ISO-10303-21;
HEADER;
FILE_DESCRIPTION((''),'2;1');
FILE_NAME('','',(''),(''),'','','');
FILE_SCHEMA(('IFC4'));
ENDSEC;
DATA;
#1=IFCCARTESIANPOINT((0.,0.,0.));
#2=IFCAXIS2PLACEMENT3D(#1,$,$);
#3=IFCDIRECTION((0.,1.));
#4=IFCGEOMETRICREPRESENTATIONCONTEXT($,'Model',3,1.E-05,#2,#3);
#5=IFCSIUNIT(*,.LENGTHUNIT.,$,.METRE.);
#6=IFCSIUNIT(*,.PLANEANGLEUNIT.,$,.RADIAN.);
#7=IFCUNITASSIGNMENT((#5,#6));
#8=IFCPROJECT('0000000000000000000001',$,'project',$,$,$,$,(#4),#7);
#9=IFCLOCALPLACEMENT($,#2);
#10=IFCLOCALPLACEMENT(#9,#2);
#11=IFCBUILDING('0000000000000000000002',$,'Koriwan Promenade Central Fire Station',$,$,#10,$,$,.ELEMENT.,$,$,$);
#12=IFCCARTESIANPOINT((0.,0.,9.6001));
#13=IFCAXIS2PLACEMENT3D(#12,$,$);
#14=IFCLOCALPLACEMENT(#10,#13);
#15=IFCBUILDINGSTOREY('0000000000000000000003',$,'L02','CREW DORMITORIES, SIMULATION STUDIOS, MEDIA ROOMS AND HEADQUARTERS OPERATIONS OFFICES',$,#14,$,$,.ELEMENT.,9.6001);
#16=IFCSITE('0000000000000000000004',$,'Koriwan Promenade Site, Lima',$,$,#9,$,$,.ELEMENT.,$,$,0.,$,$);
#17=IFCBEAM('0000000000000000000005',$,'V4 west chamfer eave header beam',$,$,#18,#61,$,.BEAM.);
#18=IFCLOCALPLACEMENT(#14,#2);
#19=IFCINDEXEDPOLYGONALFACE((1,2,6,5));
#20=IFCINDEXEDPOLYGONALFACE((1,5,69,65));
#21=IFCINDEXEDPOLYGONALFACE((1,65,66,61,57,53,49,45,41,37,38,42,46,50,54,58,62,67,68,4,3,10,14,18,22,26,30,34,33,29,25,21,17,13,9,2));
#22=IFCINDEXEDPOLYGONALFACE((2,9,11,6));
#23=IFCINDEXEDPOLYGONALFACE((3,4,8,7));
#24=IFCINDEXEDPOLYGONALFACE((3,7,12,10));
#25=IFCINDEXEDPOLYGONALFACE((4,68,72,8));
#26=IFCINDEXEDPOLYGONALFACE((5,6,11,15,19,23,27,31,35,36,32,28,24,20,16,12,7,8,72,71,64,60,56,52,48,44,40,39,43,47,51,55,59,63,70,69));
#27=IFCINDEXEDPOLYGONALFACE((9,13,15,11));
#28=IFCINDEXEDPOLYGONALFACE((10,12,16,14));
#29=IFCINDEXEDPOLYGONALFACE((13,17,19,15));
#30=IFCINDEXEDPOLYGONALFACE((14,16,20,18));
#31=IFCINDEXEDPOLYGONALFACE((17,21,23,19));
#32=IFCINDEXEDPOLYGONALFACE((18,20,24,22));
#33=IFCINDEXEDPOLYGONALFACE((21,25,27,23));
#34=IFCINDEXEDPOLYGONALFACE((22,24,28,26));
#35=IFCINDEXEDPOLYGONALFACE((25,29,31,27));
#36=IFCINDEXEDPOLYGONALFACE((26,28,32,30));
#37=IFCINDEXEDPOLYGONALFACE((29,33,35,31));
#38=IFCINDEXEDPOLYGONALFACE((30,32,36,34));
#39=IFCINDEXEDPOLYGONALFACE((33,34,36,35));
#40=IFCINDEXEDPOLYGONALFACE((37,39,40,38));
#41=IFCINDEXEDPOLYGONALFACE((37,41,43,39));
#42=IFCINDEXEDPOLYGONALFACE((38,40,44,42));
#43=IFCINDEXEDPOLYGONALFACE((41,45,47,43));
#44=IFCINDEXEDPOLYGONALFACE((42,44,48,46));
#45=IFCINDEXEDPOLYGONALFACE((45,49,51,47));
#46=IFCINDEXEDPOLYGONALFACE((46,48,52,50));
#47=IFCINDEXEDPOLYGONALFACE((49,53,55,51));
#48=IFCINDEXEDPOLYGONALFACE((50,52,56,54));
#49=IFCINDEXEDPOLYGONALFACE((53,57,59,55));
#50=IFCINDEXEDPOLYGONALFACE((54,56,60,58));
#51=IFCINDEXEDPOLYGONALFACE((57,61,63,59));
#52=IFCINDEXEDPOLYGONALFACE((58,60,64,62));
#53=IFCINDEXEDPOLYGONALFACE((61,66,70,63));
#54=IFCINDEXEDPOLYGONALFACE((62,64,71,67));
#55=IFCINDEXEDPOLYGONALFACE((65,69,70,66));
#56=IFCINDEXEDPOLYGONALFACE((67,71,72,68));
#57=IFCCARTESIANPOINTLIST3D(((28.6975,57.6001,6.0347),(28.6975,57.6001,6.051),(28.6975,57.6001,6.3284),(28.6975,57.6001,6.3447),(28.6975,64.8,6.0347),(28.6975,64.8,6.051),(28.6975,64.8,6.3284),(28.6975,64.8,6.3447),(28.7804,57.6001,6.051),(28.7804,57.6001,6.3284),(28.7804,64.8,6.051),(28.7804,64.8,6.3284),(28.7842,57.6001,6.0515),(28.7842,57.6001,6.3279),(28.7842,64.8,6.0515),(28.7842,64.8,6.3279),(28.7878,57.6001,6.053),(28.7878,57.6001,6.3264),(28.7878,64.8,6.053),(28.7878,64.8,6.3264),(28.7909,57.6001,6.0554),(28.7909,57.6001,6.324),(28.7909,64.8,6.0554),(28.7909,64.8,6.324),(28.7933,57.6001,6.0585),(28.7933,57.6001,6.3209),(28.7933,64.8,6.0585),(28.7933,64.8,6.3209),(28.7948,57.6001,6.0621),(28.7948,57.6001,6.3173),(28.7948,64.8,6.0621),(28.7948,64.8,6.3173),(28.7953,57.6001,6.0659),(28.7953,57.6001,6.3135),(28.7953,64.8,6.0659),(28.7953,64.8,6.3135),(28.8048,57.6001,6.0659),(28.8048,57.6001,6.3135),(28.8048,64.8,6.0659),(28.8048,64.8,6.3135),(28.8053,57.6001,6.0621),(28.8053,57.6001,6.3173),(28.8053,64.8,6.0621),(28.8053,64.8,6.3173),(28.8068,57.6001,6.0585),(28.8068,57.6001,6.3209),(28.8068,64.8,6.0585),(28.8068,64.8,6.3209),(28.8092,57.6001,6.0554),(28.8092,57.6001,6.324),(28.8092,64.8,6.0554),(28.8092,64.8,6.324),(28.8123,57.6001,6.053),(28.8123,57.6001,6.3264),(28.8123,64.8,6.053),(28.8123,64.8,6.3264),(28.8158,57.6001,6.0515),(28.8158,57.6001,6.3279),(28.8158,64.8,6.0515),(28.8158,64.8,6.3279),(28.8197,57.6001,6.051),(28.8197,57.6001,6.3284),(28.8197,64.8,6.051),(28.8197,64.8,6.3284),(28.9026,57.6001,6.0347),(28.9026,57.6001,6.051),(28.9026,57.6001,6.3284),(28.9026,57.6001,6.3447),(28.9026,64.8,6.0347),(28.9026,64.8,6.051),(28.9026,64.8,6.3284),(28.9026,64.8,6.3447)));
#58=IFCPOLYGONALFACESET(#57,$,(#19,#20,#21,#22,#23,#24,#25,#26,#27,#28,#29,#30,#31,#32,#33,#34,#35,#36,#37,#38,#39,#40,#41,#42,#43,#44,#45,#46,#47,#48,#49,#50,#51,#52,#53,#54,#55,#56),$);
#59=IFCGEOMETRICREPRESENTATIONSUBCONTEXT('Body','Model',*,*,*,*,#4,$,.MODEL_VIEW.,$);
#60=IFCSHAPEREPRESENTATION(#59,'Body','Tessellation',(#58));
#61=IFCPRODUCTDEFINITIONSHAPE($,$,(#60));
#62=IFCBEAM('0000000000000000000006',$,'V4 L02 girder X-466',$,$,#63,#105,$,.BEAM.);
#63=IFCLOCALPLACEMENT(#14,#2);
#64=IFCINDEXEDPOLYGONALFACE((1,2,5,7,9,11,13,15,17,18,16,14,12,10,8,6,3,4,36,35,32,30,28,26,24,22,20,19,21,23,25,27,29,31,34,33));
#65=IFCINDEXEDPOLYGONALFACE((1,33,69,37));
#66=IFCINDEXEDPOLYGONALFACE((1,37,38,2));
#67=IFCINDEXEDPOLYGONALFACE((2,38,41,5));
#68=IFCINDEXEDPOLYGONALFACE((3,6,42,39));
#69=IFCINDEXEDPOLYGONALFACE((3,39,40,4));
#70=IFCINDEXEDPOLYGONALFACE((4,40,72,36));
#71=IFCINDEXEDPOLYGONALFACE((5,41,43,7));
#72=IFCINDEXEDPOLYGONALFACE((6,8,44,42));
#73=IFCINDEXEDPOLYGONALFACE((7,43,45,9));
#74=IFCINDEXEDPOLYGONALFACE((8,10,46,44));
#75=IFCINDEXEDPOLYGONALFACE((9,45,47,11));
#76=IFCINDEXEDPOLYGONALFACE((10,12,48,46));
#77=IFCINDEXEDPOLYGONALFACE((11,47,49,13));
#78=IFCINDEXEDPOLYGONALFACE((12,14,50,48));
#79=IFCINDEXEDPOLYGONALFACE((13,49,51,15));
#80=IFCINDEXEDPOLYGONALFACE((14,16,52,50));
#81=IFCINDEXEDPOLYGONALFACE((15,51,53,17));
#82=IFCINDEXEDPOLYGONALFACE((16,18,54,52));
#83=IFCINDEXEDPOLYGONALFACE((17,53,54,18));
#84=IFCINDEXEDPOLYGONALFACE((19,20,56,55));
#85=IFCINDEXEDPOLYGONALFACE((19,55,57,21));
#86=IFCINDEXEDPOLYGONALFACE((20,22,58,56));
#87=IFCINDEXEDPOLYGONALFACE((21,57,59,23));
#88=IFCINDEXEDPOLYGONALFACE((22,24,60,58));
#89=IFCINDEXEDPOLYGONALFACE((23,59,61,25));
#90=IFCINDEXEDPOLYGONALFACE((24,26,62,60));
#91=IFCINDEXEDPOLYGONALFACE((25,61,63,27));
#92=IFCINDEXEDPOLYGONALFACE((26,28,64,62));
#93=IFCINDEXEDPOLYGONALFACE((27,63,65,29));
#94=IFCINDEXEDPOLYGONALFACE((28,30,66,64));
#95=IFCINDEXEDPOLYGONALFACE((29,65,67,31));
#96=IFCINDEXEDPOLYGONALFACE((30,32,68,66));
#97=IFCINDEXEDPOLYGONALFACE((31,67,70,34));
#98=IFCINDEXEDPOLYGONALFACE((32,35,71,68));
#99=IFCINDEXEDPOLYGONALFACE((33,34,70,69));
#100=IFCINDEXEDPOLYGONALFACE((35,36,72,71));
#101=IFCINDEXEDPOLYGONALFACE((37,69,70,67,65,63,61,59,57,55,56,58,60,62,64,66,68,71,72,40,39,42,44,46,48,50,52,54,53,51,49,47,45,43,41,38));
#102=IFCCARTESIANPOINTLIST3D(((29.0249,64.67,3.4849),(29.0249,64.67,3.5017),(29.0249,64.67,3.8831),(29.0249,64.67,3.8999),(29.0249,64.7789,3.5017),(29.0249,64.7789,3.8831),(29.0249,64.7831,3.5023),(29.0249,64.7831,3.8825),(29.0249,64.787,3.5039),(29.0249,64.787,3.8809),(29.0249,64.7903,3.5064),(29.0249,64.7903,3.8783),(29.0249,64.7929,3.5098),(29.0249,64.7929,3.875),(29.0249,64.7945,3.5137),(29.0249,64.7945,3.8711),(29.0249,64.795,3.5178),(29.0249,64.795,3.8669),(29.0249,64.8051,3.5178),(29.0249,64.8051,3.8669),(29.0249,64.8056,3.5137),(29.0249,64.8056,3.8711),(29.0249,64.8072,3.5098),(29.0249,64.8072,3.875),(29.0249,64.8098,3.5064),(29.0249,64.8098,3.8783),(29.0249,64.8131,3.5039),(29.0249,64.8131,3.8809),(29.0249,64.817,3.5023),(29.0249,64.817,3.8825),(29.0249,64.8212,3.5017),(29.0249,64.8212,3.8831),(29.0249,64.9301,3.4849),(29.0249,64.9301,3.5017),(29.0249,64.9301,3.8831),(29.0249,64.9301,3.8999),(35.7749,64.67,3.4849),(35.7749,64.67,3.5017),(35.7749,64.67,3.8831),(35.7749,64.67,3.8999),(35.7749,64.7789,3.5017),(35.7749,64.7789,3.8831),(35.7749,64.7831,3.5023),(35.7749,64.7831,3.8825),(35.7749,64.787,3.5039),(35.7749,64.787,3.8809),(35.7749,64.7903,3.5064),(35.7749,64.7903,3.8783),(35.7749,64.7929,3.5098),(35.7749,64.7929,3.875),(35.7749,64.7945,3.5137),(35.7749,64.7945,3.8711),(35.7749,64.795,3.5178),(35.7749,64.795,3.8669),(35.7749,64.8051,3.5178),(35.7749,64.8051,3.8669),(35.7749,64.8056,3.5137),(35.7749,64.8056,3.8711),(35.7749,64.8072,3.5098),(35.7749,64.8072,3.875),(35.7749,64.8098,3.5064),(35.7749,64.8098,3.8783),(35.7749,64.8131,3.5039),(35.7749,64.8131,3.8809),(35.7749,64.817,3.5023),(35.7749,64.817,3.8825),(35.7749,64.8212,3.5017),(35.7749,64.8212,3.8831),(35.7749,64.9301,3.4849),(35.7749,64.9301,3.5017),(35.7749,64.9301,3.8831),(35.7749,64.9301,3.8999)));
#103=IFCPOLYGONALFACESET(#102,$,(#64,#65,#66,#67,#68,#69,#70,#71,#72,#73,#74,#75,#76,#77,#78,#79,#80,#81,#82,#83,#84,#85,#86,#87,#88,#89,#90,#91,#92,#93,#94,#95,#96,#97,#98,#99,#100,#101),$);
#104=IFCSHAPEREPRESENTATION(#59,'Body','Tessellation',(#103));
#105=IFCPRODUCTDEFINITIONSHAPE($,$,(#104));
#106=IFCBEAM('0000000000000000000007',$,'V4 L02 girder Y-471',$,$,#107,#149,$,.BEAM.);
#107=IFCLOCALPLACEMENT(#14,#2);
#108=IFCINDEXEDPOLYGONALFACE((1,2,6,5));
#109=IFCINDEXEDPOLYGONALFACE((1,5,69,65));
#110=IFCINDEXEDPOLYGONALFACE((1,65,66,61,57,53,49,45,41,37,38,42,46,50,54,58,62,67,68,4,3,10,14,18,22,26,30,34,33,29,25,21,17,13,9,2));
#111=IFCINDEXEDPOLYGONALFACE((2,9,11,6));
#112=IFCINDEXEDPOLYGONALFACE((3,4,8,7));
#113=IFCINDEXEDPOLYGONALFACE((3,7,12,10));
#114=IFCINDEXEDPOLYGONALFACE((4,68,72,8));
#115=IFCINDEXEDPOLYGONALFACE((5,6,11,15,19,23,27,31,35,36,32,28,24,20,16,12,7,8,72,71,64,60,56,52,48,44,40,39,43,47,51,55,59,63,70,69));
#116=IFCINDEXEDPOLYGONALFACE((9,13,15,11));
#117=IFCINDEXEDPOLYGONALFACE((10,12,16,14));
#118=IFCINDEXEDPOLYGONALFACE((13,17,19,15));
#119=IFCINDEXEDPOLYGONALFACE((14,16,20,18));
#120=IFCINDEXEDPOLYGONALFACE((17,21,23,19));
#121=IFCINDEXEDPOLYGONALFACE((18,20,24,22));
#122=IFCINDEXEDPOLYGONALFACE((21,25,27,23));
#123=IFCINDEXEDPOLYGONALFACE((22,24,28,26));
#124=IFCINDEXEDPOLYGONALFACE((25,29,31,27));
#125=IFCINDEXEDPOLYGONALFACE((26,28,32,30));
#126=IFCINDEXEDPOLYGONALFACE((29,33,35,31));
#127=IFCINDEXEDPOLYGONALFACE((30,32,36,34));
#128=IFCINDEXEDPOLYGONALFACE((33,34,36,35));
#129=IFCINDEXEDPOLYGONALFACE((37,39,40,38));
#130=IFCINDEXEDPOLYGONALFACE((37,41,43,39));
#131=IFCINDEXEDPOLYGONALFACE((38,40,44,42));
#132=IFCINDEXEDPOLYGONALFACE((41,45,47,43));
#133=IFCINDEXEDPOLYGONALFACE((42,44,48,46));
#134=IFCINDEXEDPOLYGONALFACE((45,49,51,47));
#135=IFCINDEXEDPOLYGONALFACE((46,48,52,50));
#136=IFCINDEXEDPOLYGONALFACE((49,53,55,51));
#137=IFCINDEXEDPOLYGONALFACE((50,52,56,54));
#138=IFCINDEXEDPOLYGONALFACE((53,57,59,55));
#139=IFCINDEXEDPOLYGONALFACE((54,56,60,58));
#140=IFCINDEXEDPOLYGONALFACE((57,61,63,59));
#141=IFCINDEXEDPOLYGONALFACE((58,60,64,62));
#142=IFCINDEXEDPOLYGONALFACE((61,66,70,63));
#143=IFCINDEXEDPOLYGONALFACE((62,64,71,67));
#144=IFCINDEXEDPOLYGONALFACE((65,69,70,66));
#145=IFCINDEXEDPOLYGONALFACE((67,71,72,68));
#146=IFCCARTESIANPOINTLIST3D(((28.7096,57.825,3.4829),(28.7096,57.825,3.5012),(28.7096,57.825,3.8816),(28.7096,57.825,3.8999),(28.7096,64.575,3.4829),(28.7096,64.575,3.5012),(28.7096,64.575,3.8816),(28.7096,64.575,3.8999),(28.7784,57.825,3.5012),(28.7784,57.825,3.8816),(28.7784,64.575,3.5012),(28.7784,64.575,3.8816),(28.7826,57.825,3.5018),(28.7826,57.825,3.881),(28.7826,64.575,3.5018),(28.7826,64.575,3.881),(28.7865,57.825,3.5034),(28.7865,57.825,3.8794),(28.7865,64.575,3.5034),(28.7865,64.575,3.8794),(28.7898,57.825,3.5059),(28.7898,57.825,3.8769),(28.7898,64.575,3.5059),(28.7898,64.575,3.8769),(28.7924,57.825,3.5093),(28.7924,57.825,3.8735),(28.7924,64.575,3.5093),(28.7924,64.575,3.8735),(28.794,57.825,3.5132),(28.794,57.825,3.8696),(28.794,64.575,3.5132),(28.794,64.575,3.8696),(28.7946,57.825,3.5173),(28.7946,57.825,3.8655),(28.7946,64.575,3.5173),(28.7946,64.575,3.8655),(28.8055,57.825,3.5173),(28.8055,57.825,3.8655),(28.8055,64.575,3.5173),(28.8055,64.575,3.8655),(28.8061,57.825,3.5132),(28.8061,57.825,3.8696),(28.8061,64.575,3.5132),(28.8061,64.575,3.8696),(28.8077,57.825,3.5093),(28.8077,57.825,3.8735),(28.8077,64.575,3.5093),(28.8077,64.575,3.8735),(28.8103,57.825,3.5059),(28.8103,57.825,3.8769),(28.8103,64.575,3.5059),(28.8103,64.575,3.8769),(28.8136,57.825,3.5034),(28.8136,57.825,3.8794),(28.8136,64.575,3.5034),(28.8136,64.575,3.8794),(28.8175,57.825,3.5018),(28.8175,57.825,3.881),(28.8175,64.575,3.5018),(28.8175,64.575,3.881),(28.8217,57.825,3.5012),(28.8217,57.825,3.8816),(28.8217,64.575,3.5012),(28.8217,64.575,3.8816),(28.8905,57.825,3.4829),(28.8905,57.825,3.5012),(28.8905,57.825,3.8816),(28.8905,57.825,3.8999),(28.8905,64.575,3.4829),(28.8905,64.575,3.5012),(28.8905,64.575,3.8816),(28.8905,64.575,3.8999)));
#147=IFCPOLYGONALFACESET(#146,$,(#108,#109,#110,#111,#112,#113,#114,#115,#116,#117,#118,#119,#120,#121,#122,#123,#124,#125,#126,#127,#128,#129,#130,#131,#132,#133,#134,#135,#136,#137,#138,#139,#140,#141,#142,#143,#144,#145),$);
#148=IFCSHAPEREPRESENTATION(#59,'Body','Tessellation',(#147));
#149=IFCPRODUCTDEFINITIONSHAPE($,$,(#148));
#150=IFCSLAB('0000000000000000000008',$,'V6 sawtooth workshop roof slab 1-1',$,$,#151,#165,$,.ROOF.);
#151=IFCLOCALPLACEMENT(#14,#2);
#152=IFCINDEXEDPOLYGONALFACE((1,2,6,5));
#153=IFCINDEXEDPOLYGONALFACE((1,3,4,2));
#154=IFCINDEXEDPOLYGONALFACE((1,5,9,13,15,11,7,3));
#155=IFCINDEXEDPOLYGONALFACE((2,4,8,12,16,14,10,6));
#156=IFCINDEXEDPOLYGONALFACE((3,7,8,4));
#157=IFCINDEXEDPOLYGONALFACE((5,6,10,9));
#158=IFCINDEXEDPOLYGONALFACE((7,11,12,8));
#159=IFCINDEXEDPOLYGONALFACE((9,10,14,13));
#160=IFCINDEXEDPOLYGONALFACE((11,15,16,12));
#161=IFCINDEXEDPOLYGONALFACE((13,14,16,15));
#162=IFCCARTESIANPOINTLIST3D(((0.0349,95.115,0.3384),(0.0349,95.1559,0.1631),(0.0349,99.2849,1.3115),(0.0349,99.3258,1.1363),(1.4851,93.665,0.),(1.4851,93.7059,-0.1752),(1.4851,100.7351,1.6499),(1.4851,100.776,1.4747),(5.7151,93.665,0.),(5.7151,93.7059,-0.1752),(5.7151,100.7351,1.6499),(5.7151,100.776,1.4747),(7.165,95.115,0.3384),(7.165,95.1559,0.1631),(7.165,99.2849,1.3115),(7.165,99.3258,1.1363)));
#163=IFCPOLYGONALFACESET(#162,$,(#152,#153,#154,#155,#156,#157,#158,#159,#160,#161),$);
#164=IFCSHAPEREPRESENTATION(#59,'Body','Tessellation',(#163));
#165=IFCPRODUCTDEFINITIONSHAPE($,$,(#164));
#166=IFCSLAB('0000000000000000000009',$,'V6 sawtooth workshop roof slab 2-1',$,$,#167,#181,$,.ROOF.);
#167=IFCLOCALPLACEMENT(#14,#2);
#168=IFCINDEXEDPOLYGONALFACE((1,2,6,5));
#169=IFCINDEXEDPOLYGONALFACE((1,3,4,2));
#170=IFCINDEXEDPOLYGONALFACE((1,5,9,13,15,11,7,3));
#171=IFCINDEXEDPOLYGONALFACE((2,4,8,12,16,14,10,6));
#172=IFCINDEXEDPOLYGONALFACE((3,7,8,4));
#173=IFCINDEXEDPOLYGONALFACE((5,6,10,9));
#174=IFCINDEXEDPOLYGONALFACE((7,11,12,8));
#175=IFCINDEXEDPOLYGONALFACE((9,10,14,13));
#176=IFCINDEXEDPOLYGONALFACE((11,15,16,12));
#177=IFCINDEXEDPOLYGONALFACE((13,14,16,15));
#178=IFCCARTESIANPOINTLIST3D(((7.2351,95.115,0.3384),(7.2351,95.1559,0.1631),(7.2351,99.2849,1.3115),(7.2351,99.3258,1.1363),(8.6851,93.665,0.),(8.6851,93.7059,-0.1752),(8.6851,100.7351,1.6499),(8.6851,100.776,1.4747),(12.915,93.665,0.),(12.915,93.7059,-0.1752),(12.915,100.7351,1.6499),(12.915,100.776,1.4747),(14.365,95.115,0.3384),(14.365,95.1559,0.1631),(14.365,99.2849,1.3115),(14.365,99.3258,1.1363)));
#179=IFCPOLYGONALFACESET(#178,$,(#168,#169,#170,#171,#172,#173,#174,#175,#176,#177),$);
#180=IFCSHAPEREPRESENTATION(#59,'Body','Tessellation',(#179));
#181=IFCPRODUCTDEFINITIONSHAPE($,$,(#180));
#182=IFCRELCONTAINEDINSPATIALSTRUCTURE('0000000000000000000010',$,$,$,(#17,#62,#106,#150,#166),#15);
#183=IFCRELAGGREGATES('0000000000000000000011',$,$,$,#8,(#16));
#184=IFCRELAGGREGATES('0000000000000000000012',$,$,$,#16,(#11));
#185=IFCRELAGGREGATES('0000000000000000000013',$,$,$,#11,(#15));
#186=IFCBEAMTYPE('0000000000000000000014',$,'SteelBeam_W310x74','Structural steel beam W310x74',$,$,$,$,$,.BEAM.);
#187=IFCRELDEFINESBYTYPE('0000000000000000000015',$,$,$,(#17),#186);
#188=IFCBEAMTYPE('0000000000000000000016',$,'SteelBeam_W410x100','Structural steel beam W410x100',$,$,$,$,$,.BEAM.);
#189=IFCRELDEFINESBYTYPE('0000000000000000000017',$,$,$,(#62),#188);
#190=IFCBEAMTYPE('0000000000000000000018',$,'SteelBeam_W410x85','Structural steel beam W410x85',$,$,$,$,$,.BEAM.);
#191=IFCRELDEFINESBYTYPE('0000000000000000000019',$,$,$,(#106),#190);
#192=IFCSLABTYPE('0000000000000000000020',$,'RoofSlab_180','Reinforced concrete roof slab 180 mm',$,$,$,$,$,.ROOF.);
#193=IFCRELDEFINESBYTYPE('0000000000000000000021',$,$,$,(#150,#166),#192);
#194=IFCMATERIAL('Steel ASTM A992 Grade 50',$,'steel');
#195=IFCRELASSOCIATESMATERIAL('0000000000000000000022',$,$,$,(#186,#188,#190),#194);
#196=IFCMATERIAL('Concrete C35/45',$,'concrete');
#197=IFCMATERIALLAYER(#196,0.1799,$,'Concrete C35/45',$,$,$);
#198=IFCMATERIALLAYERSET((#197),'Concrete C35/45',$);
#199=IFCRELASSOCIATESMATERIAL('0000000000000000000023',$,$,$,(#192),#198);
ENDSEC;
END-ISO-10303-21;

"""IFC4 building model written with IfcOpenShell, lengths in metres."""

from ifc_helpers import new_model, si_unit, direction, frame, origin, origin_2d, place, context, subcontext, project, spatial, polyline, i_section, outline, extrude, material, layer, layer_set, material_profile, profile_set, type_object, element, save


model = new_model("IFC4")

# Units and contexts
model_context = context("Model", 3, precision=1e-05, world=origin(), true_north=direction((0.0, 1.0)))
body_context = subcontext(model_context, "Body", "Model", "MODEL_VIEW")
ifc_project = project(units=[si_unit("LENGTHUNIT", "METRE"), si_unit("PLANEANGLEUNIT", "RADIAN")], contexts=[model_context])

# Site, building, storey
site_placement = place(None, origin())
site = spatial("IfcSite", under=ifc_project, at=site_placement, Name="Koriwan Promenade Site, Lima", CompositionType="ELEMENT", RefElevation=0.0)
building_placement = place(site_placement, origin())
building = spatial("IfcBuilding", under=site, at=building_placement, Name="Koriwan Promenade Central Fire Station", CompositionType="ELEMENT")
storey_placement = place(building_placement, frame((0.0, 0.0, 9.6001)))
storey = spatial("IfcBuildingStorey", under=building, at=storey_placement, Name="L02", Description="CREW DORMITORIES, SIMULATION STUDIOS, MEDIA ROOMS AND HEADQUARTERS OPERATIONS OFFICES", CompositionType="ELEMENT", Elevation=9.6001)

# Shared definitions
ifc_material_1 = material(Name="Steel ASTM A992 Grade 50", Category="steel")

# Beams
ifc_material_profile_1 = material_profile(ifc_material_1, i_section(OverallWidth=0.2051, OverallDepth=0.3101, WebThickness=0.0095, FlangeThickness=0.0164, FilletRadius=0.0149, at=origin_2d()), Name="W310x74")
ifc_profile_set_1 = profile_set([ifc_material_profile_1], Name="Steel ASTM A992 Grade 50")
beam_type_1 = type_object("IfcBeamType", Name="SteelBeam_W310x74", Description="Structural steel beam W310x74", PredefinedType="BEAM", material=ifc_profile_set_1)
beam_1_placement = place(storey_placement, frame((28.8, 57.6001, 6.1897), z_axis=(0.0, 1.0, 0.0), x_axis=(-1.0, 0.0, 0.0)))
element("IfcBeam", 1, at=beam_1_placement, inside=storey, type_object=beam_type_1, Name="V4 west chamfer eave header beam", PredefinedType="BEAM", context=body_context, shape_type="SweptSolid", body=[
    extrude(i_section(OverallWidth=0.2051, OverallDepth=0.3101, WebThickness=0.0095, FlangeThickness=0.0164, FilletRadius=0.0149, at=origin_2d()), origin(), (0.0, 0.0, 1.0), 7.2),
])
ifc_material_profile_2 = material_profile(ifc_material_1, i_section(OverallWidth=0.26, OverallDepth=0.415, WebThickness=0.01, FlangeThickness=0.0168, FilletRadius=0.0161, at=origin_2d()), Name="W410x100")
ifc_profile_set_2 = profile_set([ifc_material_profile_2], Name="Steel ASTM A992 Grade 50")
beam_type_2 = type_object("IfcBeamType", Name="SteelBeam_W410x100", Description="Structural steel beam W410x100", PredefinedType="BEAM", material=ifc_profile_set_2)
beam_2_placement = place(storey_placement, frame((29.0249, 64.8, 3.6924), z_axis=(1.0, 0.0, 0.0), x_axis=(0.0, 1.0, 0.0)))
element("IfcBeam", 2, at=beam_2_placement, inside=storey, type_object=beam_type_2, Name="V4 L02 girder X-466", PredefinedType="BEAM", context=body_context, shape_type="SweptSolid", body=[
    extrude(i_section(OverallWidth=0.26, OverallDepth=0.415, WebThickness=0.01, FlangeThickness=0.0168, FilletRadius=0.0161, at=origin_2d()), origin(), (0.0, 0.0, 1.0), 6.75),
])
ifc_material_profile_3 = material_profile(ifc_material_1, i_section(OverallWidth=0.1809, OverallDepth=0.417, WebThickness=0.011, FlangeThickness=0.0183, FilletRadius=0.0161, at=origin_2d()), Name="W410x85")
ifc_profile_set_3 = profile_set([ifc_material_profile_3], Name="Steel ASTM A992 Grade 50")
beam_type_3 = type_object("IfcBeamType", Name="SteelBeam_W410x85", Description="Structural steel beam W410x85", PredefinedType="BEAM", material=ifc_profile_set_3)
beam_3_placement = place(storey_placement, frame((28.8, 57.825, 3.6914), z_axis=(0.0, 1.0, 0.0), x_axis=(-1.0, 0.0, 0.0)))
element("IfcBeam", 3, at=beam_3_placement, inside=storey, type_object=beam_type_3, Name="V4 L02 girder Y-471", PredefinedType="BEAM", context=body_context, shape_type="SweptSolid", body=[
    extrude(i_section(OverallWidth=0.1809, OverallDepth=0.417, WebThickness=0.011, FlangeThickness=0.0183, FilletRadius=0.0161, at=origin_2d()), origin(), (0.0, 0.0, 1.0), 6.75),
])

# Slabs
ifc_material_2 = material(Name="Concrete C35/45", Category="concrete")
ifc_layer_1 = layer(ifc_material_2, 0.1799, Name="Concrete C35/45")
ifc_layer_set_1 = layer_set([ifc_layer_1], Name="Concrete C35/45")
slab_type_1 = type_object("IfcSlabType", Name="RoofSlab_180", Description="Reinforced concrete roof slab 180 mm", PredefinedType="ROOF", material=ifc_layer_set_1)
slab_1_placement = place(storey_placement, frame((1.4851, 93.665, 0.0), z_axis=(0.0, -0.227259, 0.973834), x_axis=(1.0, 0.0, 0.0)))
element("IfcSlab", 4, at=slab_1_placement, inside=storey, type_object=slab_type_1, Name="V6 sawtooth workshop roof slab 1-1", PredefinedType="ROOF", context=body_context, shape_type="SweptSolid", body=[
    extrude(outline(polyline([(0.0, 0.0), (4.23, 0.0), (5.6799, 1.4889), (5.6799, 5.7709), (4.23, 7.26), (0.0, 7.26), (-1.4502, 5.7709), (-1.4502, 1.4889), (0.0, 0.0)])), origin(), (0.0, 0.0, -1.0), 0.1799),
])
for number, where, z_axis, x_axis, name in (
    (5, (8.6851, 93.665, 0.0), (0.0, -0.227259, 0.973834), (1.0, 0.0, 0.0), "V6 sawtooth workshop roof slab 2-1"),
):
    element("IfcSlab", number, at=place(storey_placement, frame(where, z_axis=z_axis, x_axis=x_axis)), inside=storey, type_object=slab_type_1, Name=name, PredefinedType="ROOF", context=body_context, shape_type="SweptSolid", body=[
        extrude(outline(polyline([(0.0, 0.0), (4.23, 0.0), (5.6799, 1.4889), (5.6799, 5.7709), (4.23, 7.26), (0.0, 7.26), (-1.45, 5.7709), (-1.45, 1.4889), (0.0, 0.0)])), origin(), (0.0, 0.0, -1.0), 0.1799),
    ])

save(model, "model.ifc")
